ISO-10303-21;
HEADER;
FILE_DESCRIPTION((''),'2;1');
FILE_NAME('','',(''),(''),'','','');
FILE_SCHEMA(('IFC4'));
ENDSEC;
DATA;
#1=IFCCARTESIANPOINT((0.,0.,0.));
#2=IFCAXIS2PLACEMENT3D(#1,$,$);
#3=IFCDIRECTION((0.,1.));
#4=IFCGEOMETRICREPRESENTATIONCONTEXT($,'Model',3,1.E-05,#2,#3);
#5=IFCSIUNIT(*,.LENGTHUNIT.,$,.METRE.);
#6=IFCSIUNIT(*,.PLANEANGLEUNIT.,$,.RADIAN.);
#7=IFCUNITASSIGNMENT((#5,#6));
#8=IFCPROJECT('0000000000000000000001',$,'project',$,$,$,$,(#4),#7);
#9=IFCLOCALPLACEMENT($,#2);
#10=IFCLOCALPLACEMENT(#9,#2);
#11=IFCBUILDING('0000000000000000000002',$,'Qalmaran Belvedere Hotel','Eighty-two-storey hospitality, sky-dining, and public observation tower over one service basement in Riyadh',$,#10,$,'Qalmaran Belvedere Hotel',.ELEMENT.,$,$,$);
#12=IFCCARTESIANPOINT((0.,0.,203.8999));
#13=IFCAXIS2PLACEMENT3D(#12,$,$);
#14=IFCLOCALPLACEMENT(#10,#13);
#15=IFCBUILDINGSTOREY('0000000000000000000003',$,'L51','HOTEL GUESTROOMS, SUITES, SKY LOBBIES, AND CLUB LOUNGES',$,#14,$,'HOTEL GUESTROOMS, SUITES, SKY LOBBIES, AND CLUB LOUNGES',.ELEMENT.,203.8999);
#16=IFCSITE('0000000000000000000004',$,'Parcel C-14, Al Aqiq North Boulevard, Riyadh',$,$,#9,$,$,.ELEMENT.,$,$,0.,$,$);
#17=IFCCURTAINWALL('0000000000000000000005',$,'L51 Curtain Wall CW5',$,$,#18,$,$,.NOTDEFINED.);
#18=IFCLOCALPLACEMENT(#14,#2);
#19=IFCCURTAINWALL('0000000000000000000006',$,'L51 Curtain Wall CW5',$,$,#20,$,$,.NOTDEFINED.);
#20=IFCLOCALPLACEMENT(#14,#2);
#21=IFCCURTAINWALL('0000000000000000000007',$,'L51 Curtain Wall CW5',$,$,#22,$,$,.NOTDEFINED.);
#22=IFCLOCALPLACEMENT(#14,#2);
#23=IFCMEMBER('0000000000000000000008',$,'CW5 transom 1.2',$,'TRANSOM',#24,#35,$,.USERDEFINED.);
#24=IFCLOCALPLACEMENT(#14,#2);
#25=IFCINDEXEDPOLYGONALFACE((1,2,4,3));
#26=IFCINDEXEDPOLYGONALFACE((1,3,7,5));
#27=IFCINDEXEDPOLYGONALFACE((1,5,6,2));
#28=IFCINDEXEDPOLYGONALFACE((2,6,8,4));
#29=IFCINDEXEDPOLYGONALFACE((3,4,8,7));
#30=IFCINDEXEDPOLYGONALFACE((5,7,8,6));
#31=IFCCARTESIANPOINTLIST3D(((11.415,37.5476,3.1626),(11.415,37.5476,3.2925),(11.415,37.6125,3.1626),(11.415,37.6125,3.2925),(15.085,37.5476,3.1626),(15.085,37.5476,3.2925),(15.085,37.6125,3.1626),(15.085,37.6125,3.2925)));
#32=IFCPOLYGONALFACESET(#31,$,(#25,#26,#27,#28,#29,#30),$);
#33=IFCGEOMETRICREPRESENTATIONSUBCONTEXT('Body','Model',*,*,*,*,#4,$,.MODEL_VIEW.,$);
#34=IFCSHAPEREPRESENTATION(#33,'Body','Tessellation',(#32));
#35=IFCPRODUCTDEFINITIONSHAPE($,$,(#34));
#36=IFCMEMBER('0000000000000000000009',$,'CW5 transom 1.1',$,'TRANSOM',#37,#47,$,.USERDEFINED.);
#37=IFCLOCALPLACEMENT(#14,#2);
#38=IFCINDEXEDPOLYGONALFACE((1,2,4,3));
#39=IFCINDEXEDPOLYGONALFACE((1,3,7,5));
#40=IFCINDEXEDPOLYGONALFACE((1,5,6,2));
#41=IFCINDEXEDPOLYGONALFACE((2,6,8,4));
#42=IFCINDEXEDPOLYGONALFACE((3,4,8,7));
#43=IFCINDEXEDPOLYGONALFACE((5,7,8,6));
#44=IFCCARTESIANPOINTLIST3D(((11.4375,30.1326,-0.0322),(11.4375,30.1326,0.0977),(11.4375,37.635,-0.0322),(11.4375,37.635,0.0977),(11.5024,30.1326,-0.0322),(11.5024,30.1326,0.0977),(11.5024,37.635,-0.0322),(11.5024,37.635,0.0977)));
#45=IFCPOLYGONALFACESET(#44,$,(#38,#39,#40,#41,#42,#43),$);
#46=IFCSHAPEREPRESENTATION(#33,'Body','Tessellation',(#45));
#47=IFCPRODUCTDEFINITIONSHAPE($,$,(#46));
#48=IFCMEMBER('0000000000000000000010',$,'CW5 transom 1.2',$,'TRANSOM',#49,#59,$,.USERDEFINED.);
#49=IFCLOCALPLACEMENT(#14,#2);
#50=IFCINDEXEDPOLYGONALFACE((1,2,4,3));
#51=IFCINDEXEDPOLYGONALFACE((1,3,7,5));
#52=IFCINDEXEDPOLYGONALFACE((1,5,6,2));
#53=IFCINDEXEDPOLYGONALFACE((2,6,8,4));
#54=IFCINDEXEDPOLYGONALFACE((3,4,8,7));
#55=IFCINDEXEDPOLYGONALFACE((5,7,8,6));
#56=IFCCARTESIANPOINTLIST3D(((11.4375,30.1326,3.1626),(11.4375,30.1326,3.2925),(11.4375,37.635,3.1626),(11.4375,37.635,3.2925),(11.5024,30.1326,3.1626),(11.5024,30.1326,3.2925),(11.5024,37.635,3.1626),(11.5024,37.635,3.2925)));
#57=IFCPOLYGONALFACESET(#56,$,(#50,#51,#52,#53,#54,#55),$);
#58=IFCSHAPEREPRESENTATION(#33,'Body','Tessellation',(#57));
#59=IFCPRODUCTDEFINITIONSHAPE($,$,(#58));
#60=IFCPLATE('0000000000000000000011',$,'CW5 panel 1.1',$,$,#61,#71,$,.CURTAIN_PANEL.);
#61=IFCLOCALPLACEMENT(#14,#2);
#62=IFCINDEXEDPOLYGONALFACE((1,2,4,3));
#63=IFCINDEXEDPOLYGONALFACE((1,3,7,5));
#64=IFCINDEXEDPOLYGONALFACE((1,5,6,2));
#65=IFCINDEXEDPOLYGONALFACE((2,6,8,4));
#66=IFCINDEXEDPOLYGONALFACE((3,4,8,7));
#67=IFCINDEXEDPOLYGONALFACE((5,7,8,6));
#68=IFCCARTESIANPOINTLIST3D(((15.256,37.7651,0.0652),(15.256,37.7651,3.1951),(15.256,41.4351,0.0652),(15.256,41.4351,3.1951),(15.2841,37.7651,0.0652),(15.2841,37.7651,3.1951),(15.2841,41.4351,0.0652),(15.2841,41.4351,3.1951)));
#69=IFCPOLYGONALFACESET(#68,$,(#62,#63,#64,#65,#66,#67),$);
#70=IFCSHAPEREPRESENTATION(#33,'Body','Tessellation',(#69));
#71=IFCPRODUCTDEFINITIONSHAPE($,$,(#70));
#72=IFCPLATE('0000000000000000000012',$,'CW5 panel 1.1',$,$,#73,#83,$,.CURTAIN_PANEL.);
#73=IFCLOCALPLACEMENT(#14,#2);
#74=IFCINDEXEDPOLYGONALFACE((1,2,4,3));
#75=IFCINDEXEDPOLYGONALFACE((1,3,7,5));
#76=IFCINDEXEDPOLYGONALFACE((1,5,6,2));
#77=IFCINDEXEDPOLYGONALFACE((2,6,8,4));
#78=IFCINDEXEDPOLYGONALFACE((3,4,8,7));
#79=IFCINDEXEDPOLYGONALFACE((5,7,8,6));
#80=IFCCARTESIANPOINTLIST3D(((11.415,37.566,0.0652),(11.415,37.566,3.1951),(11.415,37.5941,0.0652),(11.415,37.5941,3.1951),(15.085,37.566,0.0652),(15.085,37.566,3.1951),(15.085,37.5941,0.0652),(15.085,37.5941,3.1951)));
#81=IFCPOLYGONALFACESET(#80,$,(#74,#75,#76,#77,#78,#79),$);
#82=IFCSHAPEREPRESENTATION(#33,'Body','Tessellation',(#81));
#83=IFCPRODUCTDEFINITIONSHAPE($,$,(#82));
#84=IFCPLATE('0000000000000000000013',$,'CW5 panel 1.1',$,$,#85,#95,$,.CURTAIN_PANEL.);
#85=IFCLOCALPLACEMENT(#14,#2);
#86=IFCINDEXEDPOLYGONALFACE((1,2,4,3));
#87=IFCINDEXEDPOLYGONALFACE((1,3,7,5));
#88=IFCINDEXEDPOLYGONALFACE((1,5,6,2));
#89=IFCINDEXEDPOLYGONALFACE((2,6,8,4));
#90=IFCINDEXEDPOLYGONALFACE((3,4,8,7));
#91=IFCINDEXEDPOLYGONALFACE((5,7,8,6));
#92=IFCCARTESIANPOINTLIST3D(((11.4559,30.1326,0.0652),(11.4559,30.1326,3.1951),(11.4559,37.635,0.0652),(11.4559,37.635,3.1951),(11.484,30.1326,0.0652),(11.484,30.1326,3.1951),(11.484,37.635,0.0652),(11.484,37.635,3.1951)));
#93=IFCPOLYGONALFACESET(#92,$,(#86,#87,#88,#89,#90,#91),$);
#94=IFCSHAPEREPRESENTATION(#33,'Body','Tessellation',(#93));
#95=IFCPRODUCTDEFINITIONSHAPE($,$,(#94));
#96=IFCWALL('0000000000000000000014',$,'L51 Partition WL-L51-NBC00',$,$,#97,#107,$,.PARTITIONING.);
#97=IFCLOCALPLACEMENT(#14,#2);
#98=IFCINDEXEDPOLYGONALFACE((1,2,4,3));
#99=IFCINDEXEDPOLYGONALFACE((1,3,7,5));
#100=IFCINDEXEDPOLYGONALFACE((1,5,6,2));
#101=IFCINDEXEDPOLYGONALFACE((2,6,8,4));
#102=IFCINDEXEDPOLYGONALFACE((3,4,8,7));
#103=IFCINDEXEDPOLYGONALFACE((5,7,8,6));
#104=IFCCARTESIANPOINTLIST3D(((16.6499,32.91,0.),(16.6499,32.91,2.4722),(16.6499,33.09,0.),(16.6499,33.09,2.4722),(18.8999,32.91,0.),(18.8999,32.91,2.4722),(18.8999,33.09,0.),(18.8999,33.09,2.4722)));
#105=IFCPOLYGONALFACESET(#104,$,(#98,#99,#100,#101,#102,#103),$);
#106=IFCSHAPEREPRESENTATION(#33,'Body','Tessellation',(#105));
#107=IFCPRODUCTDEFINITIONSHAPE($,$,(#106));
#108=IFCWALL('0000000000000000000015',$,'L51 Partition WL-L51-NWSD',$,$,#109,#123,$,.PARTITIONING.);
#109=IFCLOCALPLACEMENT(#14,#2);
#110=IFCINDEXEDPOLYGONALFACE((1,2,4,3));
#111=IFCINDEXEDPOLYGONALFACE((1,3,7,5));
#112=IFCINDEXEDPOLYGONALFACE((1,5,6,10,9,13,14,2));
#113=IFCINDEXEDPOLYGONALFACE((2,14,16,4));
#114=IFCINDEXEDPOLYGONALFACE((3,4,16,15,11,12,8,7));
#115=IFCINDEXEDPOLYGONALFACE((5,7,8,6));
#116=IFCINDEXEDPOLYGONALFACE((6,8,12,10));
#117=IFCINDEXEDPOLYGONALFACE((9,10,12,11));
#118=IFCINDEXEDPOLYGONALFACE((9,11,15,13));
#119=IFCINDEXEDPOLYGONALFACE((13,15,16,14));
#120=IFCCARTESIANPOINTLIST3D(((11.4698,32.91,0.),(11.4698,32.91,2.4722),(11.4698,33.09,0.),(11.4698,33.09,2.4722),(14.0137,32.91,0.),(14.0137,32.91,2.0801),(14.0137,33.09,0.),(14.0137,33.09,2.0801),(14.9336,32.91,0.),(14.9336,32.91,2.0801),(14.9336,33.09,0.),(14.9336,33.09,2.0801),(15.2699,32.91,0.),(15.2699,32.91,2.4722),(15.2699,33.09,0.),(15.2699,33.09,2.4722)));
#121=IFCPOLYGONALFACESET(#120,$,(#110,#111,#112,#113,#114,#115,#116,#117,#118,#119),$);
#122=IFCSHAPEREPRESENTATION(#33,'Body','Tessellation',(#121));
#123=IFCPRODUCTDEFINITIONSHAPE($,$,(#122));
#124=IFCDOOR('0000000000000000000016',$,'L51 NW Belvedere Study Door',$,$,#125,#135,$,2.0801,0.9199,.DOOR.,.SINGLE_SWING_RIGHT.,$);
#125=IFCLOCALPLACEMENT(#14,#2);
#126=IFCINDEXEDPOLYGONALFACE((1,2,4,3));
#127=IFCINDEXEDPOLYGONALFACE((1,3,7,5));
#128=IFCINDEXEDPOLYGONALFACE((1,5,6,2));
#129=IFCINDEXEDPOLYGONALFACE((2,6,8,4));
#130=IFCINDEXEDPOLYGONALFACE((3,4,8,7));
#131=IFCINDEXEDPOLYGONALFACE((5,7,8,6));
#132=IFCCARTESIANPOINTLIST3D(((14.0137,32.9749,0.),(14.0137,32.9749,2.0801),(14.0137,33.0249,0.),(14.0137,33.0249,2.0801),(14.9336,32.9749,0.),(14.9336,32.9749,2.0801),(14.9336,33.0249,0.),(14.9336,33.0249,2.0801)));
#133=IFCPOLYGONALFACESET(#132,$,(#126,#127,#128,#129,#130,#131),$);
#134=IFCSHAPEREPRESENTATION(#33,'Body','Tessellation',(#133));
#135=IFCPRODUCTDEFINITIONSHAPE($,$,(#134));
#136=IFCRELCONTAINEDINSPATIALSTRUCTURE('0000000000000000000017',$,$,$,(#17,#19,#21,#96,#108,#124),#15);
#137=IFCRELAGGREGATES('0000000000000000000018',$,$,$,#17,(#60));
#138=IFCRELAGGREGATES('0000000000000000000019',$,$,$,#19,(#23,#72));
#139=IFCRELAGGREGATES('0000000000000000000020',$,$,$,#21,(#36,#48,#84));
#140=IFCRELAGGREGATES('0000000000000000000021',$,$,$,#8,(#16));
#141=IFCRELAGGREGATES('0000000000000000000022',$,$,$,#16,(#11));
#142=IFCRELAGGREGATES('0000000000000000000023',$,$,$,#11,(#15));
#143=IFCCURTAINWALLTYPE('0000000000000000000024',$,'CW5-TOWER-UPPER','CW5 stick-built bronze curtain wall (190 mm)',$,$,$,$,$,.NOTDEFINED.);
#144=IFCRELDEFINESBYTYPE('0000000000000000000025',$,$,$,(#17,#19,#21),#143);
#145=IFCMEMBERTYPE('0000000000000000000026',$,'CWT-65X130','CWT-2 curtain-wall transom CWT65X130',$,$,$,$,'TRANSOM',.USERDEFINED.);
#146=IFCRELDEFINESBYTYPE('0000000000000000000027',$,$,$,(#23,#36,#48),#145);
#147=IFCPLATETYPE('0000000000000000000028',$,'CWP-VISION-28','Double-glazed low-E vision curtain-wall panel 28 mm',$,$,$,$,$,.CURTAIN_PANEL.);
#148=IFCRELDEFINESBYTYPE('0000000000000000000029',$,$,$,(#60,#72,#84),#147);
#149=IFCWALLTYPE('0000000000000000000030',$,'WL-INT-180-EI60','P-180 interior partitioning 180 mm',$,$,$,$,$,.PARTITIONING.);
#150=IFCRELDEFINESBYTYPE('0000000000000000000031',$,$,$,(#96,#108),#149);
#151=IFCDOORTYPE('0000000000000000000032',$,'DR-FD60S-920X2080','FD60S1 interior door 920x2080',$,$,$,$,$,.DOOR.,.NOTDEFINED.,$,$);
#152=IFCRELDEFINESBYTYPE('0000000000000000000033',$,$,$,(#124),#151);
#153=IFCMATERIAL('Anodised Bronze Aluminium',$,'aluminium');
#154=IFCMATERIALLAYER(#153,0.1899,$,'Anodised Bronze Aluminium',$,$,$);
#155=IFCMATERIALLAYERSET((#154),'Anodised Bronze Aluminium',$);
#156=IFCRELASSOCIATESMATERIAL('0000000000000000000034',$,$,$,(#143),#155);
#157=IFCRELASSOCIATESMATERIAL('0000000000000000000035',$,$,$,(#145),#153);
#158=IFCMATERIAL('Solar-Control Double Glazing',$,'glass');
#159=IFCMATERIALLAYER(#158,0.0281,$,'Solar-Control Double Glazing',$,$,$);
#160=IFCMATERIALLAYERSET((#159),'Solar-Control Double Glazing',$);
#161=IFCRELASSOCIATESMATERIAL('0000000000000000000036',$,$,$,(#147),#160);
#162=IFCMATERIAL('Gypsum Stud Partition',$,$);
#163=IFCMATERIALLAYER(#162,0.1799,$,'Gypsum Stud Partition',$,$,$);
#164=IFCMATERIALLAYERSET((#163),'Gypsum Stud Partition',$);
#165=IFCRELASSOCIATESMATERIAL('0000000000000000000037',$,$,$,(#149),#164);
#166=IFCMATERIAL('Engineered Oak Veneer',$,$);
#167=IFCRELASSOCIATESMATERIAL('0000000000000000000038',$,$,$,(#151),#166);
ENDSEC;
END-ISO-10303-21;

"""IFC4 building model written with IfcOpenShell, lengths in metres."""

from ifc_helpers import new_model, si_unit, direction, frame, frame_2d, origin, origin_2d, place, context, subcontext, project, spatial, rectangle, extrude, material, layer, layer_set, material_profile, profile_set, type_object, element, fill, aggregate, save


model = new_model("IFC4")

# Units and contexts
model_context = context("Model", 3, precision=1e-05, world=origin(), true_north=direction((0.0, 1.0)))
body_context = subcontext(model_context, "Body", "Model", "MODEL_VIEW")
ifc_project = project(units=[si_unit("LENGTHUNIT", "METRE"), si_unit("PLANEANGLEUNIT", "RADIAN")], contexts=[model_context])

# Site, building, storey
site_placement = place(None, origin())
site = spatial("IfcSite", under=ifc_project, at=site_placement, Name="Parcel C-14, Al Aqiq North Boulevard, Riyadh", CompositionType="ELEMENT", RefElevation=0.0)
building_placement = place(site_placement, origin())
building = spatial("IfcBuilding", under=site, at=building_placement, Name="Qalmaran Belvedere Hotel", Description="Eighty-two-storey hospitality, sky-dining, and public observation tower over one service basement in Riyadh", LongName="Qalmaran Belvedere Hotel", CompositionType="ELEMENT")
storey_placement = place(building_placement, frame((0.0, 0.0, 203.8999)))
storey = spatial("IfcBuildingStorey", under=building, at=storey_placement, Name="L51", Description="HOTEL GUESTROOMS, SUITES, SKY LOBBIES, AND CLUB LOUNGES", LongName="HOTEL GUESTROOMS, SUITES, SKY LOBBIES, AND CLUB LOUNGES", CompositionType="ELEMENT", Elevation=203.8999)

# Shared definitions
ifc_material_1 = material(Name="Anodised Bronze Aluminium", Category="aluminium")
ifc_layer_1 = layer(ifc_material_1, 0.1899, Name="Anodised Bronze Aluminium")
ifc_layer_set_1 = layer_set([ifc_layer_1], Name="Anodised Bronze Aluminium")
curtain_wall_type = type_object("IfcCurtainWallType", Name="CW5-TOWER-UPPER", Description="CW5 stick-built bronze curtain wall (190 mm)", PredefinedType="NOTDEFINED", material=ifc_layer_set_1)

# Curtain walls
curtain_wall_1_placement = place(storey_placement, origin())
curtain_wall_1 = element("IfcCurtainWall", 1, at=curtain_wall_1_placement, inside=storey, type_object=curtain_wall_type, Name="L51 Curtain Wall CW5", PredefinedType="NOTDEFINED")
curtain_wall_2_placement = place(storey_placement, origin())
curtain_wall_2 = element("IfcCurtainWall", 2, at=curtain_wall_2_placement, inside=storey, type_object=curtain_wall_type, Name="L51 Curtain Wall CW5", PredefinedType="NOTDEFINED")

# Curtain wall
curtain_wall_3_placement = place(storey_placement, origin())
curtain_wall_3 = element("IfcCurtainWall", 3, at=curtain_wall_3_placement, inside=storey, type_object=curtain_wall_type, Name="L51 Curtain Wall CW5", PredefinedType="NOTDEFINED")

# Members
ifc_material_profile_1 = material_profile(ifc_material_1, rectangle(XDim=0.0649, YDim=0.1299, at=origin_2d()), Name="CWT65X130")
ifc_profile_set_1 = profile_set([ifc_material_profile_1], Name="Anodised Bronze Aluminium")
member_type_1 = type_object("IfcMemberType", Name="CWT-65X130", Description="CWT-2 curtain-wall transom CWT65X130", ElementType="TRANSOM", PredefinedType="USERDEFINED", material=ifc_profile_set_1)
member_1_placement = place(storey_placement, frame((15.085, 37.5801, 3.2275), z_axis=(-1.0, 0.0, 0.0), x_axis=(0.0, -1.0, 0.0)))
member_1 = element("IfcMember", 4, at=member_1_placement, type_object=member_type_1, Name="CW5 transom 1.2", ObjectType="TRANSOM", PredefinedType="USERDEFINED", context=body_context, shape_type="SweptSolid", body=[
    extrude(rectangle(XDim=0.0649, YDim=0.1299, at=origin_2d()), origin(), (0.0, 0.0, 1.0), 3.6699),
])
member_2_placement = place(storey_placement, frame((11.47, 37.635, 0.0327), z_axis=(0.0, -1.0, 0.0), x_axis=(1.0, 0.0, 0.0)))
member_2 = element("IfcMember", 5, at=member_2_placement, type_object=member_type_1, Name="CW5 transom 1.1", ObjectType="TRANSOM", PredefinedType="USERDEFINED", context=body_context, shape_type="SweptSolid", body=[
    extrude(rectangle(XDim=0.0649, YDim=0.1299, at=origin_2d()), origin(), (0.0, 0.0, 1.0), 7.5024),
])
member_3_placement = place(storey_placement, frame((11.47, 37.635, 3.2275), z_axis=(0.0, -1.0, 0.0), x_axis=(1.0, 0.0, 0.0)))
member_3 = element("IfcMember", 6, at=member_3_placement, type_object=member_type_1, Name="CW5 transom 1.2", ObjectType="TRANSOM", PredefinedType="USERDEFINED", context=body_context, shape_type="SweptSolid", body=[
    extrude(rectangle(XDim=0.0649, YDim=0.1299, at=origin_2d()), origin(), (0.0, 0.0, 1.0), 7.5024),
])

# Plates
ifc_material_2 = material(Name="Solar-Control Double Glazing", Category="glass")
ifc_layer_2 = layer(ifc_material_2, 0.0281, Name="Solar-Control Double Glazing")
ifc_layer_set_2 = layer_set([ifc_layer_2], Name="Solar-Control Double Glazing")
plate_type = type_object("IfcPlateType", Name="CWP-VISION-28", Description="Double-glazed low-E vision curtain-wall panel 28 mm", PredefinedType="CURTAIN_PANEL", material=ifc_layer_set_2)
plate_1_placement = place(storey_placement, frame((15.27, 39.6001, 0.0652), z_axis=(0.0, 0.0, 1.0), x_axis=(0.0, -1.0, 0.0)))
plate_1 = element("IfcPlate", 7, at=plate_1_placement, type_object=plate_type, Name="CW5 panel 1.1", PredefinedType="CURTAIN_PANEL", context=body_context, shape_type="SweptSolid", body=[
    extrude(rectangle(XDim=3.6699, YDim=0.0281, at=origin_2d()), origin(), (0.0, 0.0, 1.0), 3.1299),
])
aggregate(curtain_wall_1, [plate_1])
plate_2_placement = place(storey_placement, frame((13.25, 37.5801, 0.0652), z_axis=(0.0, 0.0, 1.0), x_axis=(-1.0, 0.0, 0.0)))
plate_2 = element("IfcPlate", 8, at=plate_2_placement, type_object=plate_type, Name="CW5 panel 1.1", PredefinedType="CURTAIN_PANEL", context=body_context, shape_type="SweptSolid", body=[
    extrude(rectangle(XDim=3.6699, YDim=0.0281, at=origin_2d()), origin(), (0.0, 0.0, 1.0), 3.1299),
])
aggregate(curtain_wall_2, [member_1, plate_2])
plate_3_placement = place(storey_placement, frame((11.47, 33.8838, 0.0652), z_axis=(0.0, 0.0, 1.0), x_axis=(0.0, -1.0, 0.0)))
plate_3 = element("IfcPlate", 9, at=plate_3_placement, type_object=plate_type, Name="CW5 panel 1.1", PredefinedType="CURTAIN_PANEL", context=body_context, shape_type="SweptSolid", body=[
    extrude(rectangle(XDim=7.5024, YDim=0.0281, at=origin_2d()), origin(), (0.0, 0.0, 1.0), 3.1299),
])
aggregate(curtain_wall_3, [member_2, member_3, plate_3])

# Wall
ifc_material_3 = material(Name="Gypsum Stud Partition")
ifc_layer_3 = layer(ifc_material_3, 0.1799, Name="Gypsum Stud Partition")
ifc_layer_set_3 = layer_set([ifc_layer_3], Name="Gypsum Stud Partition")
wall_type = type_object("IfcWallType", Name="WL-INT-180-EI60", Description="P-180 interior partitioning 180 mm", PredefinedType="PARTITIONING", material=ifc_layer_set_3)
wall_1_placement = place(storey_placement, frame((16.6499, 33.0, 0.0), z_axis=(0.0, 0.0, 1.0), x_axis=(1.0, 0.0, 0.0)))
element("IfcWall", 10, at=wall_1_placement, inside=storey, type_object=wall_type, Name="L51 Partition WL-L51-NBC00", PredefinedType="PARTITIONING", context=body_context, shape_type="SweptSolid", body=[
    extrude(rectangle(XDim=2.25, YDim=0.1799, at=frame_2d((1.125, 0.0))), origin(), (0.0, 0.0, 1.0), 2.4722),
])

# Wall, opening, door
wall_2_placement = place(storey_placement, frame((11.47, 33.0, 0.0), z_axis=(0.0, 0.0, 1.0), x_axis=(1.0, 0.0, 0.0)))
wall_2 = element("IfcWall", 11, at=wall_2_placement, inside=storey, type_object=wall_type, Name="L51 Partition WL-L51-NWSD", PredefinedType="PARTITIONING", context=body_context, shape_type="SweptSolid", body=[
    extrude(rectangle(XDim=3.8, YDim=0.1799, at=frame_2d((1.8999, 0.0))), origin(), (0.0, 0.0, 1.0), 2.4722),
])
opening_placement = place(wall_2_placement, frame((2.5437, 0.0, 0.0)))
opening = element("IfcOpeningElement", 12, at=opening_placement, cuts=wall_2, PredefinedType="OPENING", context=body_context, shape_type="SweptSolid", body=[
    extrude(rectangle(XDim=0.9199, YDim=2.0801, at=frame_2d((0.46, 1.04))), frame((0.0, 0.1001, 0.0), z_axis=(0.0, -1.0, 0.0), x_axis=(1.0, 0.0, 0.0)), (0.0, 0.0, 1.0), 0.2),
])
ifc_material_4 = material(Name="Engineered Oak Veneer")
door_type = type_object("IfcDoorType", Name="DR-FD60S-920X2080", Description="FD60S1 interior door 920x2080", OperationType="NOTDEFINED", PredefinedType="DOOR", material=ifc_material_4)
door_placement = place(opening_placement, origin())
door = element("IfcDoor", 13, at=door_placement, inside=storey, type_object=door_type, Name="L51 NW Belvedere Study Door", OperationType="SINGLE_SWING_RIGHT", OverallHeight=2.0801, OverallWidth=0.9199, PredefinedType="DOOR", context=body_context, shape_type="SweptSolid", body=[
    extrude(rectangle(XDim=0.9199, YDim=2.0801, at=frame_2d((0.46, 1.04))), frame((0.0, 0.0249, 0.0), z_axis=(0.0, -1.0, 0.0), x_axis=(1.0, 0.0, 0.0)), (0.0, 0.0, 1.0), 0.05),
])
fill(opening, door)

save(model, "model.ifc")
